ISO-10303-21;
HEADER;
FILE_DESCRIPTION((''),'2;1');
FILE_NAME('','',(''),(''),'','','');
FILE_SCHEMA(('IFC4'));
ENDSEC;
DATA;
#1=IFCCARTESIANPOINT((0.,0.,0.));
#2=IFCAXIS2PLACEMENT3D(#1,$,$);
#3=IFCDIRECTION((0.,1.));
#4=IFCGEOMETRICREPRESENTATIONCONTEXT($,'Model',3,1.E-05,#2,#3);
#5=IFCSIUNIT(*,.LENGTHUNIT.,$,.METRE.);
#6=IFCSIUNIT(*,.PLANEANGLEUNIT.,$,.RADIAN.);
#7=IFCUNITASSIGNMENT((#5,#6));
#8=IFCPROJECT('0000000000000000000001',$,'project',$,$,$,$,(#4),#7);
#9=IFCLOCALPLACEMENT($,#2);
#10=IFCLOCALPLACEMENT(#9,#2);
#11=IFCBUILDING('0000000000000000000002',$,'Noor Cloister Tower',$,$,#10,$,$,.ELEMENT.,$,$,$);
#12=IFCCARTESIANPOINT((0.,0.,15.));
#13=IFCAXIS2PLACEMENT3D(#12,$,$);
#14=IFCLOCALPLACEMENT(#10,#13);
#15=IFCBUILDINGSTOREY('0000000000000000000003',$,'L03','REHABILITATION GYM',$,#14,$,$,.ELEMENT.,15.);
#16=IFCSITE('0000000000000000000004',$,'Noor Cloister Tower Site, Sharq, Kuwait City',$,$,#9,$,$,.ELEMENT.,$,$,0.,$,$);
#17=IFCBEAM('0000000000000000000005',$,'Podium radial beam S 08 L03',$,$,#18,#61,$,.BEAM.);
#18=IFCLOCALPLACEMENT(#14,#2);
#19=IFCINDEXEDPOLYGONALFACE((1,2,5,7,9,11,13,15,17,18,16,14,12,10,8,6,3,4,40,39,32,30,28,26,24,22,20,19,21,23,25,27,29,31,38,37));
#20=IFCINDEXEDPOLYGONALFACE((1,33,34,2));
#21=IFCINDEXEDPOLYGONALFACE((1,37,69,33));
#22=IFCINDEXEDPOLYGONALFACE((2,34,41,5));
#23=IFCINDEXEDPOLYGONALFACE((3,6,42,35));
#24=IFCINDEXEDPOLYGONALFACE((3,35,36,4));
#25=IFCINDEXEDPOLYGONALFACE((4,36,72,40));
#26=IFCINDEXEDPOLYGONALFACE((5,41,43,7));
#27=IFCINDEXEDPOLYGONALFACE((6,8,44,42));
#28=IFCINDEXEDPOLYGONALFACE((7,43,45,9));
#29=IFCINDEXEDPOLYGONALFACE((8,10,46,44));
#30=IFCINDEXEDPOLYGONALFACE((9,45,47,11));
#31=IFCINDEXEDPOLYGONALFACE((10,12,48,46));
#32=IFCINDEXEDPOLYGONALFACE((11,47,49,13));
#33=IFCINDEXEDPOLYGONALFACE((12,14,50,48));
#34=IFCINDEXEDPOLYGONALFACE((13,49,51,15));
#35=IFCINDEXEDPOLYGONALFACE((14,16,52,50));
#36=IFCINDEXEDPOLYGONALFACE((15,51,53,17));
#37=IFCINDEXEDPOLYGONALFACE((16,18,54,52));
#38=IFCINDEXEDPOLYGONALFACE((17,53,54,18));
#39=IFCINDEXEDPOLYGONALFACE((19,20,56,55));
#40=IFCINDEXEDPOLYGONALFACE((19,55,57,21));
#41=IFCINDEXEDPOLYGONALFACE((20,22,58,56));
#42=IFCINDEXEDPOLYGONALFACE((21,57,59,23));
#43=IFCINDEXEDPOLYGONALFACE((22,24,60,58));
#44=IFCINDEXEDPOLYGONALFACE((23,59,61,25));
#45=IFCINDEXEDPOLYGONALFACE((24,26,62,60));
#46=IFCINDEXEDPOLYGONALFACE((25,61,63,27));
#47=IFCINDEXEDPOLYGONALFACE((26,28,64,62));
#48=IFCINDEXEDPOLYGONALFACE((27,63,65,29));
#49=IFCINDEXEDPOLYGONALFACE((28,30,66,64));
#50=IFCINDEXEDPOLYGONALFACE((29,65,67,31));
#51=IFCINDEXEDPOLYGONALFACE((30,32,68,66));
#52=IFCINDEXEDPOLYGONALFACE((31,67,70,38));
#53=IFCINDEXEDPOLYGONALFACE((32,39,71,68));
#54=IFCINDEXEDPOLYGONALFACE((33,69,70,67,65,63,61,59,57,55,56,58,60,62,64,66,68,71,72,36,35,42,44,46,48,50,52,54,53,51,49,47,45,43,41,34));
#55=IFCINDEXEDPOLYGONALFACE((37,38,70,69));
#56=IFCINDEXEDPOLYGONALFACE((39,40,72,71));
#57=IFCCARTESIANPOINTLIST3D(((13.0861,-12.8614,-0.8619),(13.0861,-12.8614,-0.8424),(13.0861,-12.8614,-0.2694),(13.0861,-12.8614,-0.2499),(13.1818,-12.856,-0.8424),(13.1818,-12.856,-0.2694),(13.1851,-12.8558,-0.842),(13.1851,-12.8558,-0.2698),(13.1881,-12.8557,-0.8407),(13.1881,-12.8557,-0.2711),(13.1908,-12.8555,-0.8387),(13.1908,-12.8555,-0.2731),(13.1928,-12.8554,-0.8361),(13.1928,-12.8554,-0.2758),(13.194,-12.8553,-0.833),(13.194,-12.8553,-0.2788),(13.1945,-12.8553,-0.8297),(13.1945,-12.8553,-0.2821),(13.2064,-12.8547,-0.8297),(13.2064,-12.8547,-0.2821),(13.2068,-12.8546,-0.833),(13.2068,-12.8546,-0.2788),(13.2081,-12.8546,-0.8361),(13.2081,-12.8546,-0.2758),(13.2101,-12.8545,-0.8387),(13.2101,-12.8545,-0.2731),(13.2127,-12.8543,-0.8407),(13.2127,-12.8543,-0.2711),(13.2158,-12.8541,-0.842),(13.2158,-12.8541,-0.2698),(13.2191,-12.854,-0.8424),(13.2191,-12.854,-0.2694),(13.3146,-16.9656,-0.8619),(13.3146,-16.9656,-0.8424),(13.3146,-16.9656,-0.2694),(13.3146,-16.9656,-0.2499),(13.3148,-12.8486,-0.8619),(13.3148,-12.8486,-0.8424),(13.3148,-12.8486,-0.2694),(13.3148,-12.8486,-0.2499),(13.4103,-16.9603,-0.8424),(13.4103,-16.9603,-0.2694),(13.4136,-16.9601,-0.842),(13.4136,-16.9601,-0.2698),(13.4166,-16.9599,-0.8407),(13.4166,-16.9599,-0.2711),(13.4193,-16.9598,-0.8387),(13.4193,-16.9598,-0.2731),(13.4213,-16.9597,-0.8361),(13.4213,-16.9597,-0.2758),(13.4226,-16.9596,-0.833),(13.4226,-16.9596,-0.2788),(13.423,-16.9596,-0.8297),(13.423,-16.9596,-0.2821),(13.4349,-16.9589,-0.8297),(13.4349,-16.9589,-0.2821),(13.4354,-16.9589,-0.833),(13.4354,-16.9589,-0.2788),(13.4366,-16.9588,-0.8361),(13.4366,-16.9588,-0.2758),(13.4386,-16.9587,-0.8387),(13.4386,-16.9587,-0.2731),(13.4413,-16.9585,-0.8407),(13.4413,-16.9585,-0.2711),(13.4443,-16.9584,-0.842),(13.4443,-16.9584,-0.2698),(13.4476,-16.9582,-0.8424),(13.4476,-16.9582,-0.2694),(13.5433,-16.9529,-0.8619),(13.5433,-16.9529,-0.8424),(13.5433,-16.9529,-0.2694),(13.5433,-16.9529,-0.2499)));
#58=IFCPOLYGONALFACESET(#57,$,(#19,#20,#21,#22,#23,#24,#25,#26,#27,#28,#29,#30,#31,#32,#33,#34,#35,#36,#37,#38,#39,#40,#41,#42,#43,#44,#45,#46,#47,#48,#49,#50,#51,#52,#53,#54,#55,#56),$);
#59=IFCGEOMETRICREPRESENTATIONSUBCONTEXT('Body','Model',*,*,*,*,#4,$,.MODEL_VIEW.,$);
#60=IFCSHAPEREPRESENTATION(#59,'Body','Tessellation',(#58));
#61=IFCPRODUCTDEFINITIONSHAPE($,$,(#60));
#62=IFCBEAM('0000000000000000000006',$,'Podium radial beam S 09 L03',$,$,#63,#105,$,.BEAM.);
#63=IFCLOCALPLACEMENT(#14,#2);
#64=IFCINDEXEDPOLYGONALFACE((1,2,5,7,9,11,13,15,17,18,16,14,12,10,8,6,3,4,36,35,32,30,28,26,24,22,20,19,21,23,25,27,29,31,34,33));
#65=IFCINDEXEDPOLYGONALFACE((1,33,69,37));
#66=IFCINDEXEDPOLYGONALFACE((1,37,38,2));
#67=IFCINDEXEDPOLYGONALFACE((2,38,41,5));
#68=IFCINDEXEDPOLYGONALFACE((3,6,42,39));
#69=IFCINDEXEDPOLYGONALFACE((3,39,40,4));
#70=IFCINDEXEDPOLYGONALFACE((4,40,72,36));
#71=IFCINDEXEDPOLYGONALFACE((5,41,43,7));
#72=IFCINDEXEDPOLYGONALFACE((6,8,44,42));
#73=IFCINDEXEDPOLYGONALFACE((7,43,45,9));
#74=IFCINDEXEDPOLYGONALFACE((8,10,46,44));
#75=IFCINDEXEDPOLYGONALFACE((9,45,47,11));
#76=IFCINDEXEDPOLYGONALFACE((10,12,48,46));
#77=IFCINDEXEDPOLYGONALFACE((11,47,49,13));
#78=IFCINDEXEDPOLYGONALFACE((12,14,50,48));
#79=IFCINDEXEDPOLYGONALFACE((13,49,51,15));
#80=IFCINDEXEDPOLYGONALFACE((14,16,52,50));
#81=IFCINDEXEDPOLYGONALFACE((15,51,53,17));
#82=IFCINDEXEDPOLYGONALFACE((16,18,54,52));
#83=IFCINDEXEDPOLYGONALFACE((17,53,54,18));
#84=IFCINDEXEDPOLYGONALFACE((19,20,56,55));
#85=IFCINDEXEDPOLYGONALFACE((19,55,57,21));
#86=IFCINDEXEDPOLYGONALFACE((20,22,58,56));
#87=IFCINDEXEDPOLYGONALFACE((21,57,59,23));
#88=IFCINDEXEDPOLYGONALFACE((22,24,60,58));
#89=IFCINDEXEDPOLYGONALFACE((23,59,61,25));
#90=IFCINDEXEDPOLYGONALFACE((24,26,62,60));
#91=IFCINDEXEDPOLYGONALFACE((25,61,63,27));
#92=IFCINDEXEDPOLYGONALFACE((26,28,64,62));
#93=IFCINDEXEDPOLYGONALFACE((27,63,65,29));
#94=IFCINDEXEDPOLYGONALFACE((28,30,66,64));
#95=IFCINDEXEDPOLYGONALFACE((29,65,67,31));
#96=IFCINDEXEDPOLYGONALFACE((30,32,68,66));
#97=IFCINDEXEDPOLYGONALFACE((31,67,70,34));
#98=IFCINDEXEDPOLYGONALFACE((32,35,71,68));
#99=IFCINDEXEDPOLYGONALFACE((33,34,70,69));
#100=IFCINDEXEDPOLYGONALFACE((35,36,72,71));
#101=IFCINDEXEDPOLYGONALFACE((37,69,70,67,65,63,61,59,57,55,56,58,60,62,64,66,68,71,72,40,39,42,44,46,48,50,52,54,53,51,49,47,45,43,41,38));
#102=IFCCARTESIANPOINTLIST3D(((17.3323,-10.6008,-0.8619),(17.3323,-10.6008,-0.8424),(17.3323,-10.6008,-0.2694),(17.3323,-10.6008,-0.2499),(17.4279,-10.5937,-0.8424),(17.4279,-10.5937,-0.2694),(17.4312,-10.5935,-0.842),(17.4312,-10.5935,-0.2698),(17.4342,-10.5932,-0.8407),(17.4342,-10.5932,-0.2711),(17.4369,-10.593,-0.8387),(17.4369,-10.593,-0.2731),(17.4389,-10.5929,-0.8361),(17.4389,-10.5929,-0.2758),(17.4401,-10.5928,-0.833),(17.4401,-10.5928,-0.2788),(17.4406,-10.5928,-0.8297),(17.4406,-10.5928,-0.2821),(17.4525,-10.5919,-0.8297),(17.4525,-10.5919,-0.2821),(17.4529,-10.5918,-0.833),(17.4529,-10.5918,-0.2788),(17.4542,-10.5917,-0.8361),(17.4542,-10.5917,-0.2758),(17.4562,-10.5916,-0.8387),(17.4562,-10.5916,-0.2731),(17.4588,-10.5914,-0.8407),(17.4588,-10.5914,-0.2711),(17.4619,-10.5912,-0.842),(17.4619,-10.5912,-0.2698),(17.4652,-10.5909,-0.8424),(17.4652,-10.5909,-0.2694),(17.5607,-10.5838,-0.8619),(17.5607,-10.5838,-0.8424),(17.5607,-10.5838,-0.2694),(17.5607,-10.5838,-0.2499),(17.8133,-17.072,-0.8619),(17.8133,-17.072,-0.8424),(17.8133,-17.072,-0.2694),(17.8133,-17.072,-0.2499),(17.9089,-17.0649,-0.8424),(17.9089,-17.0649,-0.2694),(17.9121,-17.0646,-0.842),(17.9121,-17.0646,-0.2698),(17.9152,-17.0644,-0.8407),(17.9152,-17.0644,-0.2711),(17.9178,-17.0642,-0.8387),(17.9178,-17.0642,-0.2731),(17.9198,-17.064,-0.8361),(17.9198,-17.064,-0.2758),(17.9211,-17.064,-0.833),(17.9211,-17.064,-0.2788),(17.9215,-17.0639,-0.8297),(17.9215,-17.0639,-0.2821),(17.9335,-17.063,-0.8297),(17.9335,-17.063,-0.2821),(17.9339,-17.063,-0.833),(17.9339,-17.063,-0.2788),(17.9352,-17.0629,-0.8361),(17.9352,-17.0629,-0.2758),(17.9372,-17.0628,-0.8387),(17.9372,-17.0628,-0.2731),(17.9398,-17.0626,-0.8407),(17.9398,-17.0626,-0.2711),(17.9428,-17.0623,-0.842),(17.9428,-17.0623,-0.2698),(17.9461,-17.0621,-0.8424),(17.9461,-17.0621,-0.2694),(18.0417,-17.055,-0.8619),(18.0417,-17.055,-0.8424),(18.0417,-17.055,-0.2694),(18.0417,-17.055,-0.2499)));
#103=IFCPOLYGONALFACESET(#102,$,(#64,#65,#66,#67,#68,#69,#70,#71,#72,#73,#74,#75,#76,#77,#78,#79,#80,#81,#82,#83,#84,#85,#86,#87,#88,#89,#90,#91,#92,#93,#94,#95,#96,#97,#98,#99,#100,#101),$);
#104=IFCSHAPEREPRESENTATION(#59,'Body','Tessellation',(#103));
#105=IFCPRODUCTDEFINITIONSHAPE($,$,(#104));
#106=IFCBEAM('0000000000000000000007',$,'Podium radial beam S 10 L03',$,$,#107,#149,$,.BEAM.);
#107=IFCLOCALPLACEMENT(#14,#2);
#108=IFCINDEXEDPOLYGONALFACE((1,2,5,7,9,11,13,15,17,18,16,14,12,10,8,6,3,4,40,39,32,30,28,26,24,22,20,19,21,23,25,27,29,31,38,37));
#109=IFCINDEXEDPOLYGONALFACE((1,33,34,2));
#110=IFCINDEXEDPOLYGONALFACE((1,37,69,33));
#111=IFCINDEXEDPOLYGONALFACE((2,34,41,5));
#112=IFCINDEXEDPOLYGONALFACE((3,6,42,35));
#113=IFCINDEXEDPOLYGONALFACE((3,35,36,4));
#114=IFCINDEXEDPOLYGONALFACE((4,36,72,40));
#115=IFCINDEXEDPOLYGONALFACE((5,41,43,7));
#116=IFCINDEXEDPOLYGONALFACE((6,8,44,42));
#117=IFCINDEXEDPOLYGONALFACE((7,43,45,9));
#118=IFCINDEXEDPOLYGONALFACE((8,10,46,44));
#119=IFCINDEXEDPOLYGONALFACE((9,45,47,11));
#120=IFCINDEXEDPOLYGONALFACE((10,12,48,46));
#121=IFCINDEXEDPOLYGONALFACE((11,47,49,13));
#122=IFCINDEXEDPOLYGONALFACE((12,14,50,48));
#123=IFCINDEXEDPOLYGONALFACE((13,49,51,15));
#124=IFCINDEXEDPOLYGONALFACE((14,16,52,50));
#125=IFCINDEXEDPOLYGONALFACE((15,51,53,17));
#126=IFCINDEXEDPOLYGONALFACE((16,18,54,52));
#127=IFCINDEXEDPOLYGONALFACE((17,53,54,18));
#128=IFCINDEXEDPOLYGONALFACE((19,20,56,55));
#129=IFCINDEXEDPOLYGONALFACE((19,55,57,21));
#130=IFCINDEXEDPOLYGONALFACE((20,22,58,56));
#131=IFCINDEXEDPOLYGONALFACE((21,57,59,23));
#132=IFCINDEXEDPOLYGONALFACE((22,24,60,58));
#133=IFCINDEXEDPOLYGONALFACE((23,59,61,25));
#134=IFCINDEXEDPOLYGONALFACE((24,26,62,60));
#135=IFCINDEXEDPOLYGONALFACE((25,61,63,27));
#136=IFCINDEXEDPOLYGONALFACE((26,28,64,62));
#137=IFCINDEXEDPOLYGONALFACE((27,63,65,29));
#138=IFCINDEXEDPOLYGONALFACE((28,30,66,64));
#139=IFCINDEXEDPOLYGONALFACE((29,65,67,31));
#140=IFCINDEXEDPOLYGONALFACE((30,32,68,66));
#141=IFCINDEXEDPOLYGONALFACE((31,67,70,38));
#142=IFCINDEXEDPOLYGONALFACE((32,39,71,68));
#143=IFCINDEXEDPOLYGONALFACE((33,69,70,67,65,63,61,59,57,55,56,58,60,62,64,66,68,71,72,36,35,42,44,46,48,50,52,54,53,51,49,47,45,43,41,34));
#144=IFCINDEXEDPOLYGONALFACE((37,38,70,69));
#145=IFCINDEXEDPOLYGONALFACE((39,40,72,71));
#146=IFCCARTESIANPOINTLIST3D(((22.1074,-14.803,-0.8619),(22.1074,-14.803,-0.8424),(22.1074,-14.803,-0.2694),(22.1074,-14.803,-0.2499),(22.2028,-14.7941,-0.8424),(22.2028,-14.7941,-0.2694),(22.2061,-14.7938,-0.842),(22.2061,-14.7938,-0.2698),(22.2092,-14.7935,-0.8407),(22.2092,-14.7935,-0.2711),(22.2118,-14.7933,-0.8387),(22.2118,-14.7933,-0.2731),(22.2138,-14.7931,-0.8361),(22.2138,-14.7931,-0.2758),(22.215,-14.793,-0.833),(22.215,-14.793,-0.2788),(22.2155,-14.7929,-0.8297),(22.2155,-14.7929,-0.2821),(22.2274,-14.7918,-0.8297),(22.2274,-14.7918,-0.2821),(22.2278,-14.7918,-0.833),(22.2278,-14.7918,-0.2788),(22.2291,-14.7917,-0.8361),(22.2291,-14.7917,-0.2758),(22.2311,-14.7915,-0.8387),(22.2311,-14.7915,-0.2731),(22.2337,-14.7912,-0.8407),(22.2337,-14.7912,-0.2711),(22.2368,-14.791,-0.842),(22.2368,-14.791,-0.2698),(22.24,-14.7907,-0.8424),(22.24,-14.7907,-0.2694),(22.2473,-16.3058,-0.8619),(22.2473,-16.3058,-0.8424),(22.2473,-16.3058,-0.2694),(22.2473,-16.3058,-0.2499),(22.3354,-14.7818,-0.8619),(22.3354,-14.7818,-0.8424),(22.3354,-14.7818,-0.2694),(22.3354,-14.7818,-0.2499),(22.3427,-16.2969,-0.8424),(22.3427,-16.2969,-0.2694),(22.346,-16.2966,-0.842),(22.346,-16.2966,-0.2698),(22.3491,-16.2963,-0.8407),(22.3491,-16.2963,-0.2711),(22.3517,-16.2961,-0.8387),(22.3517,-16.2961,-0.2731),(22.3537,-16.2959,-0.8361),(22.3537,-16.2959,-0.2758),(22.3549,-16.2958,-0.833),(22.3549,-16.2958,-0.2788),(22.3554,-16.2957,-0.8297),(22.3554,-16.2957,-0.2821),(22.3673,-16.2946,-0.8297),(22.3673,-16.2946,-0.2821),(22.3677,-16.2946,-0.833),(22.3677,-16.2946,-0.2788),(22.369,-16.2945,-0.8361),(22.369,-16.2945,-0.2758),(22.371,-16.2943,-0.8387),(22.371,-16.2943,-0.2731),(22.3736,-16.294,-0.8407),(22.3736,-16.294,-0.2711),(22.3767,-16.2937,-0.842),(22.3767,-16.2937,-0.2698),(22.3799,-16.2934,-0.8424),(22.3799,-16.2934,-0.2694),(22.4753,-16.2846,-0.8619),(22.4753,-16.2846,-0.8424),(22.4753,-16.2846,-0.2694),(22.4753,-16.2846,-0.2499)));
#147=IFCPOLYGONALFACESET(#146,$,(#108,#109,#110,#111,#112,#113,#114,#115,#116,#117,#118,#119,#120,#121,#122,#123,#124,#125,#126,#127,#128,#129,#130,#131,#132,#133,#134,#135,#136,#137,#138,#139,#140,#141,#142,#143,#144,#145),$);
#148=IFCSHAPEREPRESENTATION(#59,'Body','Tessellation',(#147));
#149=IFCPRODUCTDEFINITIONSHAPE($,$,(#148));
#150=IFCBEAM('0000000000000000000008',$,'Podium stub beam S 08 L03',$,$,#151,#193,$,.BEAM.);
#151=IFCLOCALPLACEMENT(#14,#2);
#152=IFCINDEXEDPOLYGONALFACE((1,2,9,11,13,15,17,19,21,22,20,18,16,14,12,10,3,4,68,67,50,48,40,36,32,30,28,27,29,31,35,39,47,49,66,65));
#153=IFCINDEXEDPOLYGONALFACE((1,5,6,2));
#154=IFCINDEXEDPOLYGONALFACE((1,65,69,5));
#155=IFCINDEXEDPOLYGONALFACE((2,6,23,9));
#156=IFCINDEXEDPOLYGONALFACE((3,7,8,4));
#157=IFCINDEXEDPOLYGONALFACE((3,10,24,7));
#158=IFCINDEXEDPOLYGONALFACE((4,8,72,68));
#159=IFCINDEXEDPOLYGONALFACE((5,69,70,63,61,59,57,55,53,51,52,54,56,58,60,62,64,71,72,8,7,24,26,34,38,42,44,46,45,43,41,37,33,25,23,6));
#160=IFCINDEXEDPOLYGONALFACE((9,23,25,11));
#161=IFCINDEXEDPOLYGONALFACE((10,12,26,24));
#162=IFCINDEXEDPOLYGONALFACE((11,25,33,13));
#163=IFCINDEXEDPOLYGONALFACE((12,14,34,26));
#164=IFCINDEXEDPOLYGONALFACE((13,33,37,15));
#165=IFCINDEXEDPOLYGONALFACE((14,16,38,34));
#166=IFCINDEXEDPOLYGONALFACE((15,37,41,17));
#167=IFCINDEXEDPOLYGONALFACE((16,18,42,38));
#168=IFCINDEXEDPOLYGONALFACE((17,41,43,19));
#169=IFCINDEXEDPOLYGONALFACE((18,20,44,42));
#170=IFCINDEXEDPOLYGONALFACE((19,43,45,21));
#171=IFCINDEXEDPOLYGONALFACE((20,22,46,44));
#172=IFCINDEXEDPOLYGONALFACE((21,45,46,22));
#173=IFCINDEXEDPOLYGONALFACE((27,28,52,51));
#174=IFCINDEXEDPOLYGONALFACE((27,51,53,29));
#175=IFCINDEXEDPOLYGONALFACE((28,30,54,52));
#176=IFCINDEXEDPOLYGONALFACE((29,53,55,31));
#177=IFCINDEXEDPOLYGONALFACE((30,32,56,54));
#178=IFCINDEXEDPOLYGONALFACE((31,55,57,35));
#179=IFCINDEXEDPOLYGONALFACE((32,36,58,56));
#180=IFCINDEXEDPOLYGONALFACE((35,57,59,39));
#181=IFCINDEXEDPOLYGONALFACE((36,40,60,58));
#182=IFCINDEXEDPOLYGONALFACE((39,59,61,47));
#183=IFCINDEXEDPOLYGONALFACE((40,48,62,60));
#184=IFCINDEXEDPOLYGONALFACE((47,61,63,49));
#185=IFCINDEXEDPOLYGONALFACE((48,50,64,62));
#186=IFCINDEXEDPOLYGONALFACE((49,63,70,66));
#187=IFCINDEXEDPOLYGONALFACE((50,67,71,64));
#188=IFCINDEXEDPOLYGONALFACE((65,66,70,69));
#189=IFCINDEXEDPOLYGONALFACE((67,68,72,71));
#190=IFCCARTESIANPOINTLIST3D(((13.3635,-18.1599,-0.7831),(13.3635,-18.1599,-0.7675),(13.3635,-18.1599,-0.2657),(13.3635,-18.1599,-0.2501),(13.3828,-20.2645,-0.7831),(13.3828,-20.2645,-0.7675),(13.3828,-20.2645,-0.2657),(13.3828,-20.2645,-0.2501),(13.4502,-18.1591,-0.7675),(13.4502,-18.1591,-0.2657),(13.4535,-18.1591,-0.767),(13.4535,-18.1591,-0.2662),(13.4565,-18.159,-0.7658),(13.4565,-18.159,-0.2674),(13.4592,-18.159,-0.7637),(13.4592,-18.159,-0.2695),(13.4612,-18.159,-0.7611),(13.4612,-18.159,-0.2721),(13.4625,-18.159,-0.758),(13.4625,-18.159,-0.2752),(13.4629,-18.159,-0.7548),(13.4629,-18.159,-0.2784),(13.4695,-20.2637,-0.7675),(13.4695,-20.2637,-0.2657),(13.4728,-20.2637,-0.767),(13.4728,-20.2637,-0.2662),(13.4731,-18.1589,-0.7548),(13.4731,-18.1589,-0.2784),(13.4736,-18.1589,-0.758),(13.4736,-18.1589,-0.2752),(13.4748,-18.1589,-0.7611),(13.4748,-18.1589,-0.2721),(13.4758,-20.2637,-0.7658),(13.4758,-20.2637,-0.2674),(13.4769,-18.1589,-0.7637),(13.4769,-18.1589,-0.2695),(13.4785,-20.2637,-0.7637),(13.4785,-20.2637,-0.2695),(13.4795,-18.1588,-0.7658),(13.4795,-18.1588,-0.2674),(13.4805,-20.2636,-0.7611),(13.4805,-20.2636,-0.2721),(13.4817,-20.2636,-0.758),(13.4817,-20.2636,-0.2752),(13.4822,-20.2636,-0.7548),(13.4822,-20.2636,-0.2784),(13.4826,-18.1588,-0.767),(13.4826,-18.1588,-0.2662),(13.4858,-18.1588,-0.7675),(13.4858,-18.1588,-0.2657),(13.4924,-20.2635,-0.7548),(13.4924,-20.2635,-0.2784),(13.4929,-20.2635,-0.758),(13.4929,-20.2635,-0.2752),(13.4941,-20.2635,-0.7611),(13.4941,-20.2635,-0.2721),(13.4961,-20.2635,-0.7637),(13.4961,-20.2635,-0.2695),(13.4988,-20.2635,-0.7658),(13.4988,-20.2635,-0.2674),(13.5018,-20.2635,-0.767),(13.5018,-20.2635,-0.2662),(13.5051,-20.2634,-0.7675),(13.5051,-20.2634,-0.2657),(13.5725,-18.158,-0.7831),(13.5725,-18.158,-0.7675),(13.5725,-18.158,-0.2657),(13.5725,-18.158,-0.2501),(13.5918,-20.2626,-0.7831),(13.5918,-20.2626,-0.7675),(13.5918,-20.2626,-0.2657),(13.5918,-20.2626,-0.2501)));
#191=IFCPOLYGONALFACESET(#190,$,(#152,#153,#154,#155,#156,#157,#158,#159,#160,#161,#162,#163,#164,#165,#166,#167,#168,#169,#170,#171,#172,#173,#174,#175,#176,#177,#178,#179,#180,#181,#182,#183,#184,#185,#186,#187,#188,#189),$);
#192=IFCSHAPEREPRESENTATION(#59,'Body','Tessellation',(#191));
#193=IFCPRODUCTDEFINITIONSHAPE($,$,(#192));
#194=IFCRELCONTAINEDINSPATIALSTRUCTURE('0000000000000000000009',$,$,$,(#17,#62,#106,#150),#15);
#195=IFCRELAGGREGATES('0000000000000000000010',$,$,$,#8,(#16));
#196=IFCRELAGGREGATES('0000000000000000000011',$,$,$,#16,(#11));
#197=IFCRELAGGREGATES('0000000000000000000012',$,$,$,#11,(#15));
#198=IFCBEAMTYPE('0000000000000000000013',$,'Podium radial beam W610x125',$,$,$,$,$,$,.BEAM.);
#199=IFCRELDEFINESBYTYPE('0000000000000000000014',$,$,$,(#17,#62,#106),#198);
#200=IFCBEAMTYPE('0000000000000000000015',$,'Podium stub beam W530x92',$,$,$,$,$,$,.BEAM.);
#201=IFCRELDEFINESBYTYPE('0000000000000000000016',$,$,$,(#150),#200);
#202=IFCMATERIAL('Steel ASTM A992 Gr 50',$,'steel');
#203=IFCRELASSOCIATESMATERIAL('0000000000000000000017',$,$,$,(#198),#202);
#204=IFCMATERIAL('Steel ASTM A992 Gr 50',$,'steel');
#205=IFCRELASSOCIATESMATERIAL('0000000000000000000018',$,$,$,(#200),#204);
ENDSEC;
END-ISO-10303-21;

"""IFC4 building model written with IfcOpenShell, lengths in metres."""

from ifc_helpers import new_model, si_unit, direction, frame, origin, origin_2d, place, context, subcontext, project, spatial, i_section, extrude, material, material_profile, profile_set, type_object, element, save


model = new_model("IFC4")

# Units and contexts
model_context = context("Model", 3, precision=1e-05, world=origin(), true_north=direction((0.0, 1.0)))
body_context = subcontext(model_context, "Body", "Model", "MODEL_VIEW")
ifc_project = project(units=[si_unit("LENGTHUNIT", "METRE"), si_unit("PLANEANGLEUNIT", "RADIAN")], contexts=[model_context])

# Site, building, storey
site_placement = place(None, origin())
site = spatial("IfcSite", under=ifc_project, at=site_placement, Name="Noor Cloister Tower Site, Sharq, Kuwait City", CompositionType="ELEMENT", RefElevation=0.0)
building_placement = place(site_placement, origin())
building = spatial("IfcBuilding", under=site, at=building_placement, Name="Noor Cloister Tower", CompositionType="ELEMENT")
storey_placement = place(building_placement, frame((0.0, 0.0, 15.0)))
storey = spatial("IfcBuildingStorey", under=building, at=storey_placement, Name="L03", Description="REHABILITATION GYM", CompositionType="ELEMENT", Elevation=15.0)

# Beams
ifc_material_1 = material(Name="Steel ASTM A992 Gr 50", Category="steel")
ifc_material_profile_1 = material_profile(ifc_material_1, i_section(OverallWidth=0.229, OverallDepth=0.6121, WebThickness=0.012, FlangeThickness=0.0195, FilletRadius=0.0127, at=origin_2d()), Name="W610x125")
ifc_profile_set_1 = profile_set([ifc_material_profile_1], Name="Steel ASTM A992 Gr 50")
beam_type_1 = type_object("IfcBeamType", Name="Podium radial beam W610x125", PredefinedType="BEAM", material=ifc_profile_set_1)
beam_1_placement = place(storey_placement, frame((13.429, -16.9592, -0.5559), z_axis=(-0.055592, 0.998454, 0.0), x_axis=(-0.998454, -0.055592, 0.0)))
element("IfcBeam", 1, at=beam_1_placement, inside=storey, type_object=beam_type_1, Name="Podium radial beam S 08 L03", PredefinedType="BEAM", context=body_context, shape_type="SweptSolid", body=[
    extrude(i_section(OverallWidth=0.229, OverallDepth=0.6121, WebThickness=0.012, FlangeThickness=0.0195, FilletRadius=0.0127, at=origin_2d()), origin(), (0.0, 0.0, 1.0), 4.1106),
])
beam_2_placement = place(storey_placement, frame((17.9275, -17.0635, -0.5559), z_axis=(-0.074118, 0.997249, 0.0), x_axis=(-0.997249, -0.074118, 0.0)))
element("IfcBeam", 2, at=beam_2_placement, inside=storey, type_object=beam_type_1, Name="Podium radial beam S 09 L03", PredefinedType="BEAM", context=body_context, shape_type="SweptSolid", body=[
    extrude(i_section(OverallWidth=0.229, OverallDepth=0.6121, WebThickness=0.012, FlangeThickness=0.0195, FilletRadius=0.0127, at=origin_2d()), origin(), (0.0, 0.0, 1.0), 6.489),
])
beam_3_placement = place(storey_placement, frame((22.3613, -16.2952, -0.5559), z_axis=(-0.092694, 0.995695, 0.0), x_axis=(-0.995695, -0.092694, 0.0)))
element("IfcBeam", 3, at=beam_3_placement, inside=storey, type_object=beam_type_1, Name="Podium radial beam S 10 L03", PredefinedType="BEAM", context=body_context, shape_type="SweptSolid", body=[
    extrude(i_section(OverallWidth=0.229, OverallDepth=0.6121, WebThickness=0.012, FlangeThickness=0.0195, FilletRadius=0.0127, at=origin_2d()), origin(), (0.0, 0.0, 1.0), 1.5093),
])
ifc_material_2 = material(Name="Steel ASTM A992 Gr 50", Category="steel")
ifc_material_profile_2 = material_profile(ifc_material_2, i_section(OverallWidth=0.209, OverallDepth=0.533, WebThickness=0.0103, FlangeThickness=0.0156, FilletRadius=0.0127, at=origin_2d()), Name="W530x92")
ifc_profile_set_2 = profile_set([ifc_material_profile_2], Name="Steel ASTM A992 Gr 50")
beam_type_2 = type_object("IfcBeamType", Name="Podium stub beam W530x92", PredefinedType="BEAM", material=ifc_profile_set_2)
beam_4_placement = place(storey_placement, frame((13.468, -18.1589, -0.5166), z_axis=(0.009163, -0.999958, 0.0), x_axis=(0.999958, 0.009163, 0.0)))
element("IfcBeam", 4, at=beam_4_placement, inside=storey, type_object=beam_type_2, Name="Podium stub beam S 08 L03", PredefinedType="BEAM", context=body_context, shape_type="SweptSolid", body=[
    extrude(i_section(OverallWidth=0.209, OverallDepth=0.533, WebThickness=0.0103, FlangeThickness=0.0156, FilletRadius=0.0127, at=origin_2d()), origin(), (0.0, 0.0, 1.0), 2.1047),
])

save(model, "model.ifc")
